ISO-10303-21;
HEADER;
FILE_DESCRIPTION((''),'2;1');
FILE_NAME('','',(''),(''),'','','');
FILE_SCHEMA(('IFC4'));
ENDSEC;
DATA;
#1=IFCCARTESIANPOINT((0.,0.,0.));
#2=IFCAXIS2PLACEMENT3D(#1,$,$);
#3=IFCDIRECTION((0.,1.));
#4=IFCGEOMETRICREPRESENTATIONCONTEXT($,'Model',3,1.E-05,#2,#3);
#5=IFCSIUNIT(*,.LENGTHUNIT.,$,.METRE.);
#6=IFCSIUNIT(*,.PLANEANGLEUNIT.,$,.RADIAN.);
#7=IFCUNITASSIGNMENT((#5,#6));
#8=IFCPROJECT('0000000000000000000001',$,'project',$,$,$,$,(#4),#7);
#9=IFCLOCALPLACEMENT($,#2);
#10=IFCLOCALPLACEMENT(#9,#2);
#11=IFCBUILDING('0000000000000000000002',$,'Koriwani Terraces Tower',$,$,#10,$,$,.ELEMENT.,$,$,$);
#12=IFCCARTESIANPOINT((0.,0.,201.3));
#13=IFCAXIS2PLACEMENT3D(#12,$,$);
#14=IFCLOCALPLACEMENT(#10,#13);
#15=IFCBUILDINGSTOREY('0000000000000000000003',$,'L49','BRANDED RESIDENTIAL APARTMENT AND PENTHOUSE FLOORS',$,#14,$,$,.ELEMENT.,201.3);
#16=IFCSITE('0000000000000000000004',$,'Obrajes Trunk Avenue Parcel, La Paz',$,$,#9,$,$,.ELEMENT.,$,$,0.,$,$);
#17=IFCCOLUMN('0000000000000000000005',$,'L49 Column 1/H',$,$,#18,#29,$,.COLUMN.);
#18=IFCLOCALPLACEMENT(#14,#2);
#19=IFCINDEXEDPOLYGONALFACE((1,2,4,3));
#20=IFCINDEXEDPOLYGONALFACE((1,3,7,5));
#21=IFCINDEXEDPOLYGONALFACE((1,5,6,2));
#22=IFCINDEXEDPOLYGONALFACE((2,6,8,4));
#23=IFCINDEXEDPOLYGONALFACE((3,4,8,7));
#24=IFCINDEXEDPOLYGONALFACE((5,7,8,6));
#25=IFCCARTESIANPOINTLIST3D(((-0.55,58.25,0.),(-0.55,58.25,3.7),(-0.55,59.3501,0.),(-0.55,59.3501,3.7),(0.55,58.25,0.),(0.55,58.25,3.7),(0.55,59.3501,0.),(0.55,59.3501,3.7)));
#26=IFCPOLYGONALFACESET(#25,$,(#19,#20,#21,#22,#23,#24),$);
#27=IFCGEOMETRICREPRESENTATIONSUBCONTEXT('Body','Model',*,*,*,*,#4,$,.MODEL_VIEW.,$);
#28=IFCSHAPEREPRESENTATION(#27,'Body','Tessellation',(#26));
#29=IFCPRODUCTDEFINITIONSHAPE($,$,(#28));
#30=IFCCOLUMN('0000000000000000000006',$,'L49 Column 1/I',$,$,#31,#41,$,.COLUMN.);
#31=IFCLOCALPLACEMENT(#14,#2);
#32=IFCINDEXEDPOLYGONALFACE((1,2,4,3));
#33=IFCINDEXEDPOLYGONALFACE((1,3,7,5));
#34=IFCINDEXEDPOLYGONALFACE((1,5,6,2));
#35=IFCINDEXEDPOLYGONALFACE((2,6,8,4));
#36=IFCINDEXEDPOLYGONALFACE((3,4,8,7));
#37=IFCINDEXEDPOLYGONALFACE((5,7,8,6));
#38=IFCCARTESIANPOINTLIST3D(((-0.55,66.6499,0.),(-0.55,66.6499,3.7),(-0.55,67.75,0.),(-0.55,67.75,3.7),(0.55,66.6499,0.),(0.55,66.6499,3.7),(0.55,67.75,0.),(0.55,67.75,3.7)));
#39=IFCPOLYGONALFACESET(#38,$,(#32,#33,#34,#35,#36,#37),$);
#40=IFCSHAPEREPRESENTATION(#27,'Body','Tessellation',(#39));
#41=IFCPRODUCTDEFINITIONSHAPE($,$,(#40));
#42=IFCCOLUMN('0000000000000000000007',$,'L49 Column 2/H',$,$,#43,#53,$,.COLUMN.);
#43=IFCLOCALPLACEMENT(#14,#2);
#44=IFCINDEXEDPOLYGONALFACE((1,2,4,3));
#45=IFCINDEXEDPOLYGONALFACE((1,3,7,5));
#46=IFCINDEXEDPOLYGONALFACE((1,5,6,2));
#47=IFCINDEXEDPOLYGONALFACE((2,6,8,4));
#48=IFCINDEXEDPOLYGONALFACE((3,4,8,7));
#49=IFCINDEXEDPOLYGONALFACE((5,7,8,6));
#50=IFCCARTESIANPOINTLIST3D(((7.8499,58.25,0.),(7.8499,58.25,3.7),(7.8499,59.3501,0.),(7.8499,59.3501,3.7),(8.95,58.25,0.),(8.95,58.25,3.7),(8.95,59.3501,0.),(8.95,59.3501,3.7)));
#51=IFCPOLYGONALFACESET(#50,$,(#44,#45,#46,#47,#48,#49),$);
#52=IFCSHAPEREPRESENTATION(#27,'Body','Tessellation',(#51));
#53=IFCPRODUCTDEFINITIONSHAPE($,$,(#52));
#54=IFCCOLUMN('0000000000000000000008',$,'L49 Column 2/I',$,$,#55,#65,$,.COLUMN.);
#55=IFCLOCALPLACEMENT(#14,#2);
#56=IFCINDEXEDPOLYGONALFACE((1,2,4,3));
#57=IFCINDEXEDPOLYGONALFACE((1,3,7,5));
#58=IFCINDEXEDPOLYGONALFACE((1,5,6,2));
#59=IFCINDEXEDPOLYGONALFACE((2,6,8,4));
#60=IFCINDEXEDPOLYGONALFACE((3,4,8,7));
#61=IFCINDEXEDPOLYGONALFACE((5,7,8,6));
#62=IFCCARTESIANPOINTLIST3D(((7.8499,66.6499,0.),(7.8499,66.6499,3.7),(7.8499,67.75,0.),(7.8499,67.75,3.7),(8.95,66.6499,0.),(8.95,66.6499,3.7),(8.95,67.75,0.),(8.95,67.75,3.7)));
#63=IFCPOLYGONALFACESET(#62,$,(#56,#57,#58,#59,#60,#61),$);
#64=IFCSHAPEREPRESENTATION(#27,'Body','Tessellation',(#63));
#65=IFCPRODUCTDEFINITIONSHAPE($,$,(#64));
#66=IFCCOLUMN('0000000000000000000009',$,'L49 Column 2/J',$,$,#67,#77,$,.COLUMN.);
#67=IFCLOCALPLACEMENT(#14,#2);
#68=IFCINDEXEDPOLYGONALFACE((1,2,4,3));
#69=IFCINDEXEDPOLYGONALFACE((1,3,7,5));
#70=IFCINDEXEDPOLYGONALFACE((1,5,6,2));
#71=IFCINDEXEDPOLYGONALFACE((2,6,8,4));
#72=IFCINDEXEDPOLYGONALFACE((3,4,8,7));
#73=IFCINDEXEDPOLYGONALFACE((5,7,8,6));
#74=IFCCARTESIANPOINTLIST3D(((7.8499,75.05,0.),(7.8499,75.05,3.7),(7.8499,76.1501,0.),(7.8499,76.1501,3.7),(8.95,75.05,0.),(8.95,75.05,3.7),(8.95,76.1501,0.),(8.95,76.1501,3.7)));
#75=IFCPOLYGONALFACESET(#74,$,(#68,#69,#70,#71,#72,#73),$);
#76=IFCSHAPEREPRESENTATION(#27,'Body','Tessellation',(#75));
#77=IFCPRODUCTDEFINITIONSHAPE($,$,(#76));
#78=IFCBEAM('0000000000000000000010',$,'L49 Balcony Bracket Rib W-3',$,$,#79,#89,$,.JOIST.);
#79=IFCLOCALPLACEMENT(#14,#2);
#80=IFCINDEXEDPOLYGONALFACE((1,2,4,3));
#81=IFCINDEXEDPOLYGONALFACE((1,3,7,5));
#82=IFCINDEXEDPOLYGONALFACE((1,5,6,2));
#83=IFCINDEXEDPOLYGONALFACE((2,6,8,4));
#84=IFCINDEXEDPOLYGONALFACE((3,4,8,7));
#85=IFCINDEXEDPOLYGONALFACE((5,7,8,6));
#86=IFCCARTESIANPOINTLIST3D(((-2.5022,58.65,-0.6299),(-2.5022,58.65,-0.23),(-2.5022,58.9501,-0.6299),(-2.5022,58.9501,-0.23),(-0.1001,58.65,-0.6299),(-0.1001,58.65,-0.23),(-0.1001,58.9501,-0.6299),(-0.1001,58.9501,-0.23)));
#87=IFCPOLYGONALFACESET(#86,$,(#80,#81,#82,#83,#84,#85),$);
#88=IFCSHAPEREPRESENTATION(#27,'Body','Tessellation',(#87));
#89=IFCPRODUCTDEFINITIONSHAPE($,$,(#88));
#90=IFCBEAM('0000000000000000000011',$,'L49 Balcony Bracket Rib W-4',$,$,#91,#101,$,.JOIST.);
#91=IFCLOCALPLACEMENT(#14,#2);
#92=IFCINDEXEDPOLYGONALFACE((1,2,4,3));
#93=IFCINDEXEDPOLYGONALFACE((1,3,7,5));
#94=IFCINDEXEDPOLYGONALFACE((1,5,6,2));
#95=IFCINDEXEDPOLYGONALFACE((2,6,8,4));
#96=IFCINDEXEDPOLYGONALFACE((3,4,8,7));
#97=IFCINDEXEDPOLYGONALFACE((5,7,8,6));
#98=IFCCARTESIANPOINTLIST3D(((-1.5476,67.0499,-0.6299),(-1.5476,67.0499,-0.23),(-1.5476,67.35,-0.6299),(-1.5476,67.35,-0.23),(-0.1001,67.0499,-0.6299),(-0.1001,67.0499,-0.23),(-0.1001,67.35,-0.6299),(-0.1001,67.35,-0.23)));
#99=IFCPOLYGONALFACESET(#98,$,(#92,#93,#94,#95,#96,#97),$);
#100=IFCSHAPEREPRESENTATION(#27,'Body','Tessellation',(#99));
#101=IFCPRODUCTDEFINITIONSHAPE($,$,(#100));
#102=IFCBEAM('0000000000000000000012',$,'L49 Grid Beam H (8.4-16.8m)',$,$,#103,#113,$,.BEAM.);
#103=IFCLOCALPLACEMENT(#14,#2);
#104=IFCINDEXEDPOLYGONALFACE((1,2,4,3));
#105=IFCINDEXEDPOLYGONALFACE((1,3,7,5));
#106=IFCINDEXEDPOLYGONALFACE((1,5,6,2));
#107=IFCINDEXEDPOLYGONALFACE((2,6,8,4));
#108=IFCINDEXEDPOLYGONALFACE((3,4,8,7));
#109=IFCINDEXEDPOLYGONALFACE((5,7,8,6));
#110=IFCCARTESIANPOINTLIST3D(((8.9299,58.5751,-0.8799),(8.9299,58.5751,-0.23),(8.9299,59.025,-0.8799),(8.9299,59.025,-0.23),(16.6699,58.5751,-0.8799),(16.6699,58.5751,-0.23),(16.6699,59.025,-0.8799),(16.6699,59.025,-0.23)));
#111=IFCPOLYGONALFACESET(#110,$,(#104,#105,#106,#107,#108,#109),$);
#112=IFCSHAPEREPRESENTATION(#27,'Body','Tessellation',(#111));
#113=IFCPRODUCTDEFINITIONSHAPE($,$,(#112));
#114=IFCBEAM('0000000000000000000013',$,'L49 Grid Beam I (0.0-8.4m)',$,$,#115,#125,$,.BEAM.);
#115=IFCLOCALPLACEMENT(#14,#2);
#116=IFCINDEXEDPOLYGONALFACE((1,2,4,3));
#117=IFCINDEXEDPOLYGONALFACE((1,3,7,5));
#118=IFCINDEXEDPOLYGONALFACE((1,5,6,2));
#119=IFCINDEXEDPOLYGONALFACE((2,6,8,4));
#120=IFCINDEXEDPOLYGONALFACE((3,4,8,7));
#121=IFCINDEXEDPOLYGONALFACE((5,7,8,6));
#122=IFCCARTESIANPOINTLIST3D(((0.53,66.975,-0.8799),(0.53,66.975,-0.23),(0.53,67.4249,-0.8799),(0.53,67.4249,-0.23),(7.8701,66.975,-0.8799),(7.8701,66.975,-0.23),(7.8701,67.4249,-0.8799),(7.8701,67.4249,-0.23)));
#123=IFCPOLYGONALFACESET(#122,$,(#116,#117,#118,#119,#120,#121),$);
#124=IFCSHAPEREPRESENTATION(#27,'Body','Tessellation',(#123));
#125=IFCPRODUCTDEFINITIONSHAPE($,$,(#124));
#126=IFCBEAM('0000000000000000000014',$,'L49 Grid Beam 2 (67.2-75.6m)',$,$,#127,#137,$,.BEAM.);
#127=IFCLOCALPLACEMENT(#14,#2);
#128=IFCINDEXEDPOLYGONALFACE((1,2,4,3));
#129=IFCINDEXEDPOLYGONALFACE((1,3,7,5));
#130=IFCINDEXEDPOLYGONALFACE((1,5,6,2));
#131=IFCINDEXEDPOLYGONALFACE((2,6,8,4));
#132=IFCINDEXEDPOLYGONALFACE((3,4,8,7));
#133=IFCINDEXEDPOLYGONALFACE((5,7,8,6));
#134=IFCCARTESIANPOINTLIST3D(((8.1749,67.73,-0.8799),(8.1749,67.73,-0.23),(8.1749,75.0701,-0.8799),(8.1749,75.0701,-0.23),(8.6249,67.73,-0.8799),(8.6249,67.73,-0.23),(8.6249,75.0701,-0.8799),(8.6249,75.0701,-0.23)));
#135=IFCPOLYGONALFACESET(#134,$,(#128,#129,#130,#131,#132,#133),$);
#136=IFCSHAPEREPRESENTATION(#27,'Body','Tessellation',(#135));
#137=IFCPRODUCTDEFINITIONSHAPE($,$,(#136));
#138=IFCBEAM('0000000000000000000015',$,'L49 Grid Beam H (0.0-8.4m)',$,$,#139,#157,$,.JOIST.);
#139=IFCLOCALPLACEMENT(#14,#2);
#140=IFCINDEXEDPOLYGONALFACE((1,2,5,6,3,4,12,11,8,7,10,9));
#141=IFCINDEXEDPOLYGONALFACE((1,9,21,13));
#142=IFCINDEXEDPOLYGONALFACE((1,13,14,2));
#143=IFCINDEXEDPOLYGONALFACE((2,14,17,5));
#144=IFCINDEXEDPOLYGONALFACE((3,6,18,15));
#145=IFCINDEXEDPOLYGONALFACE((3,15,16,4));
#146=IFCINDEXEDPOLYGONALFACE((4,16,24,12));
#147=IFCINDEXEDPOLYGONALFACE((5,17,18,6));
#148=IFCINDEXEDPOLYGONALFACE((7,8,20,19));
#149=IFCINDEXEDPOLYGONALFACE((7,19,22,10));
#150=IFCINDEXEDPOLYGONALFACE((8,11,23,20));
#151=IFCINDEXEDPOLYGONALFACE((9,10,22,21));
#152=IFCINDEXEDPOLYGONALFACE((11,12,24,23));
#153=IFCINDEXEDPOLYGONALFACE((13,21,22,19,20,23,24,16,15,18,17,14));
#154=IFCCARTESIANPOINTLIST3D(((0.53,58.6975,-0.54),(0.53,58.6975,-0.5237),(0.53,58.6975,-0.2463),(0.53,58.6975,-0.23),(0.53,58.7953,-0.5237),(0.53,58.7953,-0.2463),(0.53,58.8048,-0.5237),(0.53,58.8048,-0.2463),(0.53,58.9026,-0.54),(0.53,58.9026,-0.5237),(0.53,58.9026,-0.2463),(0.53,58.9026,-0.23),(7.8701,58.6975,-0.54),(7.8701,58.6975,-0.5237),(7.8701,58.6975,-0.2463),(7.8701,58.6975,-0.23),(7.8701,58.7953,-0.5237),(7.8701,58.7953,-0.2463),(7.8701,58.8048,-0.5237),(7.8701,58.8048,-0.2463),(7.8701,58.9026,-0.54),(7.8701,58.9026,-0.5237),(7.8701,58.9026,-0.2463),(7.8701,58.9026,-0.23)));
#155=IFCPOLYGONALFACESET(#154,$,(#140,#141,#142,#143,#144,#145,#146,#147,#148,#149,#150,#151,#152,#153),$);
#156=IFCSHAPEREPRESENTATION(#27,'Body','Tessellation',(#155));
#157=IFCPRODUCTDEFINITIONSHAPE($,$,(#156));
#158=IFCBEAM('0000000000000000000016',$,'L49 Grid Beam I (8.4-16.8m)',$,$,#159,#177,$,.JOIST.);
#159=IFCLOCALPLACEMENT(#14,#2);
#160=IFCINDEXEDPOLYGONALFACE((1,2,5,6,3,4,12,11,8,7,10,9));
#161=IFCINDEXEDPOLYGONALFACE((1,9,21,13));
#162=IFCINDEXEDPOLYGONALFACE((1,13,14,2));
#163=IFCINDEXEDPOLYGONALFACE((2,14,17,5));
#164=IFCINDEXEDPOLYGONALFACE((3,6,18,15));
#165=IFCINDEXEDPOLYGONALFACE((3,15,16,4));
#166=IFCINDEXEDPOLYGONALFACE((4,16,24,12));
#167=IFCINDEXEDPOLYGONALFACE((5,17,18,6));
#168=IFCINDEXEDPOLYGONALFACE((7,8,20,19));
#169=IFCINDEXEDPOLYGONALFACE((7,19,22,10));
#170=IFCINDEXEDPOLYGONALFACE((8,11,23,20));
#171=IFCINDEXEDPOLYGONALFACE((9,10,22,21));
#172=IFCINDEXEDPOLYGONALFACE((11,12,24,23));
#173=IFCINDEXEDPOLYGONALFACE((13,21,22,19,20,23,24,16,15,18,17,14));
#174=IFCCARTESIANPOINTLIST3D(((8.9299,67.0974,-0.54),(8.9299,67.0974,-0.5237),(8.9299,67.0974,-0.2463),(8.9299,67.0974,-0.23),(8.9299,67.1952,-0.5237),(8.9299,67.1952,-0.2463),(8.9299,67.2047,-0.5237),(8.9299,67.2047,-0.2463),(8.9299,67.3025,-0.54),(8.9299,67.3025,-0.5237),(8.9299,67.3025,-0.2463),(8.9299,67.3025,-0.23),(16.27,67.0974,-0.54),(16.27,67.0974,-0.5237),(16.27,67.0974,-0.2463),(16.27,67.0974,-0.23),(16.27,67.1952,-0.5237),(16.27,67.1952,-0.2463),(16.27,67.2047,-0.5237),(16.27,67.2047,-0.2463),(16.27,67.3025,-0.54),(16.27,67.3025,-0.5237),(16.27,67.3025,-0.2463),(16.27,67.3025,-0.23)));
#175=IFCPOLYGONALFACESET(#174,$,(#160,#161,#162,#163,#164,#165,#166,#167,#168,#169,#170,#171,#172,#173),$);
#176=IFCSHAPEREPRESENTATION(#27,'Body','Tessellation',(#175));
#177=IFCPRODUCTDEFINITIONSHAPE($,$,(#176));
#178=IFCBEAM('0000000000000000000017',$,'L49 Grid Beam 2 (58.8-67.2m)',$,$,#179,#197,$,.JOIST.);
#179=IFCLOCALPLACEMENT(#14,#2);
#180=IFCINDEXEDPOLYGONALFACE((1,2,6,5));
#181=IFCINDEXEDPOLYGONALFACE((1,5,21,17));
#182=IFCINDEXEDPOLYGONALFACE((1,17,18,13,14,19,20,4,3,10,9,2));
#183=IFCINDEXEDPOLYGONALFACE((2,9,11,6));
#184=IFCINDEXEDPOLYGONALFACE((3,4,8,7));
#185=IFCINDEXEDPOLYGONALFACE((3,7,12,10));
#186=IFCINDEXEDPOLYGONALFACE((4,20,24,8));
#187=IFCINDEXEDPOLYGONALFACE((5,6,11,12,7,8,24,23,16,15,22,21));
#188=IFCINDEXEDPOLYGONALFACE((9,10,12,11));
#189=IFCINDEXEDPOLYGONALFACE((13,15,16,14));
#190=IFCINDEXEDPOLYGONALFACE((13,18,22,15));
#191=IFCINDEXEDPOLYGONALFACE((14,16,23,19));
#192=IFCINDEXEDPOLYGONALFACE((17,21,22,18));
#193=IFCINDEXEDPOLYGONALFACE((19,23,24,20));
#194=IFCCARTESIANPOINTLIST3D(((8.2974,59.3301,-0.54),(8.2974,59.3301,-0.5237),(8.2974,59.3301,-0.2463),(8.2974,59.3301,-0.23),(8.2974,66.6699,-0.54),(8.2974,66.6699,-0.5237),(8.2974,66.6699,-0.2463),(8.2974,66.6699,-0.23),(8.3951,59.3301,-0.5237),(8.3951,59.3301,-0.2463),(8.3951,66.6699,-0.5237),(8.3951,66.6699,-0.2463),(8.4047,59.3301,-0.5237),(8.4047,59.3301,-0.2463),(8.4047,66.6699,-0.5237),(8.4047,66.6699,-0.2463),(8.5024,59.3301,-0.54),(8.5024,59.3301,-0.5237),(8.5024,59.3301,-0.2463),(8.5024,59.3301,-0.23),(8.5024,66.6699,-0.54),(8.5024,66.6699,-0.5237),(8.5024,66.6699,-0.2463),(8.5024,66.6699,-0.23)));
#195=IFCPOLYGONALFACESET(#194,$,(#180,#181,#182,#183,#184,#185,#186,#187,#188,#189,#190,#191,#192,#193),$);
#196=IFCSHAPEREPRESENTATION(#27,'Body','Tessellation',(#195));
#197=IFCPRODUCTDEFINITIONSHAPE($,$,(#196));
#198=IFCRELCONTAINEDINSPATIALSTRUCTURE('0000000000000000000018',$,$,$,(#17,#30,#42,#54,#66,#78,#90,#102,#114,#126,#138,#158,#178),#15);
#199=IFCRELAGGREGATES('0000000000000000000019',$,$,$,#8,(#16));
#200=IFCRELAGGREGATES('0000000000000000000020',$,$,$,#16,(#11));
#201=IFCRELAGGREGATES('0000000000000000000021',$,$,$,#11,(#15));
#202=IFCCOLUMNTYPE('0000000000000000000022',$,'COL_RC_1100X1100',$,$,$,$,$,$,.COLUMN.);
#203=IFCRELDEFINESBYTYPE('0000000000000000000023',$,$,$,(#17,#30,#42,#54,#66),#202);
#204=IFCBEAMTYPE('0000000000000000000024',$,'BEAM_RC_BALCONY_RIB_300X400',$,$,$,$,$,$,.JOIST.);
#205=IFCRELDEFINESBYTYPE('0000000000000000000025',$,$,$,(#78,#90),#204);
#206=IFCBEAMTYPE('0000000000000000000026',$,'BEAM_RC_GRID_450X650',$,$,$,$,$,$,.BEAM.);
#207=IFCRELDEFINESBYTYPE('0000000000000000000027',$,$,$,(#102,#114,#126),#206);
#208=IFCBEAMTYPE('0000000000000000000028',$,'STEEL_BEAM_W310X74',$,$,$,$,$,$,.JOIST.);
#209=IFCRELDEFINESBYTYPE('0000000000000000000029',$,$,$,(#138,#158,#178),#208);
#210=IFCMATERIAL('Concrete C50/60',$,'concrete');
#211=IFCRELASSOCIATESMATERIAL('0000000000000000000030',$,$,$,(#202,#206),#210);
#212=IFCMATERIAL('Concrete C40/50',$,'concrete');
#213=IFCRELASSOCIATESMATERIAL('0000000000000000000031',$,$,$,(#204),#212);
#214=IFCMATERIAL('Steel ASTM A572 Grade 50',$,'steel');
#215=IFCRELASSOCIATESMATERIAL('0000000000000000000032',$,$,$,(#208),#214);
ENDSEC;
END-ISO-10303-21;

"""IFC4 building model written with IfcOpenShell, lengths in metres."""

from ifc_helpers import new_model, si_unit, direction, frame, origin, origin_2d, place, context, subcontext, project, spatial, rectangle, i_section, extrude, material, material_profile, profile_set, type_object, element, save


model = new_model("IFC4")

# Units and contexts
model_context = context("Model", 3, precision=1e-05, world=origin(), true_north=direction((0.0, 1.0)))
body_context = subcontext(model_context, "Body", "Model", "MODEL_VIEW")
ifc_project = project(units=[si_unit("LENGTHUNIT", "METRE"), si_unit("PLANEANGLEUNIT", "RADIAN")], contexts=[model_context])

# Site, building, storey
site_placement = place(None, origin())
site = spatial("IfcSite", under=ifc_project, at=site_placement, Name="Obrajes Trunk Avenue Parcel, La Paz", CompositionType="ELEMENT", RefElevation=0.0)
building_placement = place(site_placement, origin())
building = spatial("IfcBuilding", under=site, at=building_placement, Name="Koriwani Terraces Tower", CompositionType="ELEMENT")
storey_placement = place(building_placement, frame((0.0, 0.0, 201.3)))
storey = spatial("IfcBuildingStorey", under=building, at=storey_placement, Name="L49", Description="BRANDED RESIDENTIAL APARTMENT AND PENTHOUSE FLOORS", CompositionType="ELEMENT", Elevation=201.3)

# Columns
ifc_material_1 = material(Name="Concrete C50/60", Category="concrete")
ifc_material_profile_1 = material_profile(ifc_material_1, rectangle(XDim=1.1001, YDim=1.1001, at=origin_2d()), Name="Concrete C50/60", Category="LoadBearing")
ifc_profile_set_1 = profile_set([ifc_material_profile_1], Name="Concrete C50/60")
column_type = type_object("IfcColumnType", Name="COL_RC_1100X1100", PredefinedType="COLUMN", material=ifc_profile_set_1)
for number, where, z_axis, x_axis, name in (
    (1, (0.0, 58.8, 0.0), (0.0, 0.0, 1.0), (1.0, 0.0, 0.0), "L49 Column 1/H"),
    (2, (0.0, 67.2, 0.0), (0.0, 0.0, 1.0), (1.0, 0.0, 0.0), "L49 Column 1/I"),
    (3, (8.3999, 58.8, 0.0), (0.0, 0.0, 1.0), (1.0, 0.0, 0.0), "L49 Column 2/H"),
    (4, (8.3999, 67.2, 0.0), (0.0, 0.0, 1.0), (1.0, 0.0, 0.0), "L49 Column 2/I"),
    (5, (8.3999, 75.6001, 0.0), (0.0, 0.0, 1.0), (1.0, 0.0, 0.0), "L49 Column 2/J"),
):
    element("IfcColumn", number, at=place(storey_placement, frame(where, z_axis=z_axis, x_axis=x_axis)), inside=storey, type_object=column_type, Name=name, PredefinedType="COLUMN", context=body_context, shape_type="SweptSolid", body=[
        extrude(rectangle(XDim=1.1001, YDim=1.1001, at=origin_2d()), origin(), (0.0, 0.0, 1.0), 3.7),
    ])

# Beams
ifc_material_2 = material(Name="Concrete C40/50", Category="concrete")
ifc_material_profile_2 = material_profile(ifc_material_2, rectangle(XDim=0.3, YDim=0.3999, at=origin_2d()), Name="Concrete C40/50", Category="LoadBearing")
ifc_profile_set_2 = profile_set([ifc_material_profile_2], Name="Concrete C40/50")
beam_type_1 = type_object("IfcBeamType", Name="BEAM_RC_BALCONY_RIB_300X400", PredefinedType="JOIST", material=ifc_profile_set_2)
beam_1_placement = place(storey_placement, frame((-2.5022, 58.8, -0.4299), z_axis=(1.0, 0.0, 0.0), x_axis=(0.0, 1.0, 0.0)))
element("IfcBeam", 6, at=beam_1_placement, inside=storey, type_object=beam_type_1, Name="L49 Balcony Bracket Rib W-3", PredefinedType="JOIST", context=body_context, shape_type="SweptSolid", body=[
    extrude(rectangle(XDim=0.3, YDim=0.3999, at=origin_2d()), origin(), (0.0, 0.0, 1.0), 2.4021),
])
beam_2_placement = place(storey_placement, frame((-1.5476, 67.2, -0.4299), z_axis=(1.0, 0.0, 0.0), x_axis=(0.0, 1.0, 0.0)))
element("IfcBeam", 7, at=beam_2_placement, inside=storey, type_object=beam_type_1, Name="L49 Balcony Bracket Rib W-4", PredefinedType="JOIST", context=body_context, shape_type="SweptSolid", body=[
    extrude(rectangle(XDim=0.3, YDim=0.3999, at=origin_2d()), origin(), (0.0, 0.0, 1.0), 1.4475),
])
ifc_material_profile_3 = material_profile(ifc_material_1, rectangle(XDim=0.45, YDim=0.6499, at=origin_2d()), Name="Concrete C50/60", Category="LoadBearing")
ifc_profile_set_3 = profile_set([ifc_material_profile_3], Name="Concrete C50/60")
beam_type_2 = type_object("IfcBeamType", Name="BEAM_RC_GRID_450X650", PredefinedType="BEAM", material=ifc_profile_set_3)
beam_3_placement = place(storey_placement, frame((8.9299, 58.8, -0.5549), z_axis=(1.0, 0.0, 0.0), x_axis=(0.0, 1.0, 0.0)))
element("IfcBeam", 8, at=beam_3_placement, inside=storey, type_object=beam_type_2, Name="L49 Grid Beam H (8.4-16.8m)", PredefinedType="BEAM", context=body_context, shape_type="SweptSolid", body=[
    extrude(rectangle(XDim=0.45, YDim=0.6499, at=origin_2d()), origin(), (0.0, 0.0, 1.0), 7.74),
])
for number, where, z_axis, x_axis, name in (
    (9, (0.53, 67.2, -0.5549), (1.0, 0.0, 0.0), (0.0, 1.0, 0.0), "L49 Grid Beam I (0.0-8.4m)"),
    (10, (8.3999, 67.73, -0.5549), (0.0, 1.0, 0.0), (-1.0, 0.0, 0.0), "L49 Grid Beam 2 (67.2-75.6m)"),
):
    element("IfcBeam", number, at=place(storey_placement, frame(where, z_axis=z_axis, x_axis=x_axis)), inside=storey, type_object=beam_type_2, Name=name, PredefinedType="BEAM", context=body_context, shape_type="SweptSolid", body=[
        extrude(rectangle(XDim=0.45, YDim=0.6499, at=origin_2d()), origin(), (0.0, 0.0, 1.0), 7.3401),
    ])
ifc_material_3 = material(Name="Steel ASTM A572 Grade 50", Category="steel")
ifc_material_profile_4 = material_profile(ifc_material_3, i_section(OverallWidth=0.2051, OverallDepth=0.3101, WebThickness=0.0095, FlangeThickness=0.0164, at=origin_2d()), Name="Steel ASTM A572 Grade 50", Category="LoadBearing")
ifc_profile_set_4 = profile_set([ifc_material_profile_4], Name="Steel ASTM A572 Grade 50")
beam_type_3 = type_object("IfcBeamType", Name="STEEL_BEAM_W310X74", PredefinedType="JOIST", material=ifc_profile_set_4)
for number, where, z_axis, x_axis, name in (
    (11, (0.53, 58.8, -0.385), (1.0, 0.0, 0.0), (0.0, 1.0, 0.0), "L49 Grid Beam H (0.0-8.4m)"),
    (12, (8.9299, 67.2, -0.385), (1.0, 0.0, 0.0), (0.0, 1.0, 0.0), "L49 Grid Beam I (8.4-16.8m)"),
):
    element("IfcBeam", number, at=place(storey_placement, frame(where, z_axis=z_axis, x_axis=x_axis)), inside=storey, type_object=beam_type_3, Name=name, PredefinedType="JOIST", context=body_context, shape_type="SweptSolid", body=[
        extrude(i_section(OverallWidth=0.2051, OverallDepth=0.3101, WebThickness=0.0095, FlangeThickness=0.0164, at=origin_2d()), origin(), (0.0, 0.0, 1.0), 7.3401),
    ])
beam_4_placement = place(storey_placement, frame((8.3999, 59.3301, -0.385), z_axis=(0.0, 1.0, 0.0), x_axis=(-1.0, 0.0, 0.0)))
element("IfcBeam", 13, at=beam_4_placement, inside=storey, type_object=beam_type_3, Name="L49 Grid Beam 2 (58.8-67.2m)", PredefinedType="JOIST", context=body_context, shape_type="SweptSolid", body=[
    extrude(i_section(OverallWidth=0.2051, OverallDepth=0.3101, WebThickness=0.0095, FlangeThickness=0.0164, at=origin_2d()), origin(), (0.0, 0.0, 1.0), 7.3398),
])

save(model, "model.ifc")
